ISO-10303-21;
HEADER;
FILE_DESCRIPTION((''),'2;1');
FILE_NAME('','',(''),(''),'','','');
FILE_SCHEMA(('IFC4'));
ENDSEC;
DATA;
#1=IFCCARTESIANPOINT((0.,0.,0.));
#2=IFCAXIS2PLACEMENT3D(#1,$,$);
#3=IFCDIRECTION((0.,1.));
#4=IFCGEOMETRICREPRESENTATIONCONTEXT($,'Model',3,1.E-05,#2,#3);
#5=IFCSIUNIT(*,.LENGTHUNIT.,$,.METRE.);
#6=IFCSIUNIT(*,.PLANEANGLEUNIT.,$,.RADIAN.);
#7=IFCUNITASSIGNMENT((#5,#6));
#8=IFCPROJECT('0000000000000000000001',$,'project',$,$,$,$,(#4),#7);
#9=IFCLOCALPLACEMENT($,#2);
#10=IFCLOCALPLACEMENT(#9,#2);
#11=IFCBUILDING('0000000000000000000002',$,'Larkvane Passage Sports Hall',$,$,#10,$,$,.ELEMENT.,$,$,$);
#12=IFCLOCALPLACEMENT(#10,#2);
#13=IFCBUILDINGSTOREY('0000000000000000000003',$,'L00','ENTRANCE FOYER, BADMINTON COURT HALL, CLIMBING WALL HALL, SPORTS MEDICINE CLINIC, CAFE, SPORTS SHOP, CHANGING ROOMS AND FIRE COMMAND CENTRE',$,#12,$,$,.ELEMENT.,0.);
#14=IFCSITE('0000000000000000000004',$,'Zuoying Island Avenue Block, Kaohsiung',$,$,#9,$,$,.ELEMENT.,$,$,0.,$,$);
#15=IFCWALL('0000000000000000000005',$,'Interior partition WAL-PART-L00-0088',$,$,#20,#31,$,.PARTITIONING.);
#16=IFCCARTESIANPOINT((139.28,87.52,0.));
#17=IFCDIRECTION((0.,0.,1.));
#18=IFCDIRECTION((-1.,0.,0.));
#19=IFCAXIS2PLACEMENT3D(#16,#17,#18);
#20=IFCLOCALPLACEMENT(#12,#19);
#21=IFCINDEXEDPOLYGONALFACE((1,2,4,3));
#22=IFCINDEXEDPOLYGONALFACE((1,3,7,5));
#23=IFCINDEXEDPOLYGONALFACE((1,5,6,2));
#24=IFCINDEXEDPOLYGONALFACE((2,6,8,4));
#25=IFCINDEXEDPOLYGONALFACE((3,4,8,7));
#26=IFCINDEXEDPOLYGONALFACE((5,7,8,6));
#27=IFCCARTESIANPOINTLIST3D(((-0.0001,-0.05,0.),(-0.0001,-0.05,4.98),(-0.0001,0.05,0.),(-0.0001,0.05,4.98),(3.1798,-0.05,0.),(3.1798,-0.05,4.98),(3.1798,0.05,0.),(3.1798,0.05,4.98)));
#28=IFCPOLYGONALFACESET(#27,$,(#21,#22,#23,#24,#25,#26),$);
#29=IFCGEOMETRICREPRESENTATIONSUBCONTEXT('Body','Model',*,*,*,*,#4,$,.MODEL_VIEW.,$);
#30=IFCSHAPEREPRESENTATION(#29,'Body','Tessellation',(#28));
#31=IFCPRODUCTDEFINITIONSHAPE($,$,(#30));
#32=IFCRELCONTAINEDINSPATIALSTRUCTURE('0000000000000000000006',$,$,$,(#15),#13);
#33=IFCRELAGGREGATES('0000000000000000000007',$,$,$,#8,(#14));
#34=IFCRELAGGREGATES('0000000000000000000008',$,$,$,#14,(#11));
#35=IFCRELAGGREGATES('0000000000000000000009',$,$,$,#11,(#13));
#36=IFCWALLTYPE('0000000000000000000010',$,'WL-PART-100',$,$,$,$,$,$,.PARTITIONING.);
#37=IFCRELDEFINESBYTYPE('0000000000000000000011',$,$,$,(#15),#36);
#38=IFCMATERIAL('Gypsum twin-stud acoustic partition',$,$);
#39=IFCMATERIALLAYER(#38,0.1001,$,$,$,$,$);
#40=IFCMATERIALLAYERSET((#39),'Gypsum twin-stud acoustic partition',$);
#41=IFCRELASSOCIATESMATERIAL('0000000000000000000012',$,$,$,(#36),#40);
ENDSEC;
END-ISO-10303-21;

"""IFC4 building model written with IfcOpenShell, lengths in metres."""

from ifc_helpers import new_model, si_unit, direction, frame, frame_2d, origin, place, context, subcontext, project, spatial, rectangle, extrude, material, layer, layer_set, type_object, element, save


model = new_model("IFC4")

# Units and contexts
model_context = context("Model", 3, precision=1e-05, world=origin(), true_north=direction((0.0, 1.0)))
body_context = subcontext(model_context, "Body", "Model", "MODEL_VIEW")
ifc_project = project(units=[si_unit("LENGTHUNIT", "METRE"), si_unit("PLANEANGLEUNIT", "RADIAN")], contexts=[model_context])

# Site, building, storey
site_placement = place(None, origin())
site = spatial("IfcSite", under=ifc_project, at=site_placement, Name="Zuoying Island Avenue Block, Kaohsiung", CompositionType="ELEMENT", RefElevation=0.0)
building_placement = place(site_placement, origin())
building = spatial("IfcBuilding", under=site, at=building_placement, Name="Larkvane Passage Sports Hall", CompositionType="ELEMENT")
storey_placement = place(building_placement, origin())
storey = spatial("IfcBuildingStorey", under=building, at=storey_placement, Name="L00", Description="ENTRANCE FOYER, BADMINTON COURT HALL, CLIMBING WALL HALL, SPORTS MEDICINE CLINIC, CAFE, SPORTS SHOP, CHANGING ROOMS AND FIRE COMMAND CENTRE", CompositionType="ELEMENT", Elevation=0.0)

# Wall
ifc_material_1 = material(Name="Gypsum twin-stud acoustic partition")
ifc_layer_1 = layer(ifc_material_1, 0.1001)
ifc_layer_set_1 = layer_set([ifc_layer_1], Name="Gypsum twin-stud acoustic partition")
wall_type_1 = type_object("IfcWallType", Name="WL-PART-100", PredefinedType="PARTITIONING", material=ifc_layer_set_1)
wall_1_placement = place(storey_placement, frame((139.28, 87.52, 0.0), z_axis=(0.0, 0.0, 1.0), x_axis=(-1.0, 0.0, 0.0)))
element("IfcWall", 1, at=wall_1_placement, inside=storey, type_object=wall_type_1, Name="Interior partition WAL-PART-L00-0088", PredefinedType="PARTITIONING", context=body_context, shape_type="SweptSolid", body=[
    extrude(rectangle(XDim=3.1799, YDim=0.1001, at=frame_2d((1.5898, 0.0))), origin(), (0.0, 0.0, 1.0), 4.98),
])

save(model, "model.ifc")
